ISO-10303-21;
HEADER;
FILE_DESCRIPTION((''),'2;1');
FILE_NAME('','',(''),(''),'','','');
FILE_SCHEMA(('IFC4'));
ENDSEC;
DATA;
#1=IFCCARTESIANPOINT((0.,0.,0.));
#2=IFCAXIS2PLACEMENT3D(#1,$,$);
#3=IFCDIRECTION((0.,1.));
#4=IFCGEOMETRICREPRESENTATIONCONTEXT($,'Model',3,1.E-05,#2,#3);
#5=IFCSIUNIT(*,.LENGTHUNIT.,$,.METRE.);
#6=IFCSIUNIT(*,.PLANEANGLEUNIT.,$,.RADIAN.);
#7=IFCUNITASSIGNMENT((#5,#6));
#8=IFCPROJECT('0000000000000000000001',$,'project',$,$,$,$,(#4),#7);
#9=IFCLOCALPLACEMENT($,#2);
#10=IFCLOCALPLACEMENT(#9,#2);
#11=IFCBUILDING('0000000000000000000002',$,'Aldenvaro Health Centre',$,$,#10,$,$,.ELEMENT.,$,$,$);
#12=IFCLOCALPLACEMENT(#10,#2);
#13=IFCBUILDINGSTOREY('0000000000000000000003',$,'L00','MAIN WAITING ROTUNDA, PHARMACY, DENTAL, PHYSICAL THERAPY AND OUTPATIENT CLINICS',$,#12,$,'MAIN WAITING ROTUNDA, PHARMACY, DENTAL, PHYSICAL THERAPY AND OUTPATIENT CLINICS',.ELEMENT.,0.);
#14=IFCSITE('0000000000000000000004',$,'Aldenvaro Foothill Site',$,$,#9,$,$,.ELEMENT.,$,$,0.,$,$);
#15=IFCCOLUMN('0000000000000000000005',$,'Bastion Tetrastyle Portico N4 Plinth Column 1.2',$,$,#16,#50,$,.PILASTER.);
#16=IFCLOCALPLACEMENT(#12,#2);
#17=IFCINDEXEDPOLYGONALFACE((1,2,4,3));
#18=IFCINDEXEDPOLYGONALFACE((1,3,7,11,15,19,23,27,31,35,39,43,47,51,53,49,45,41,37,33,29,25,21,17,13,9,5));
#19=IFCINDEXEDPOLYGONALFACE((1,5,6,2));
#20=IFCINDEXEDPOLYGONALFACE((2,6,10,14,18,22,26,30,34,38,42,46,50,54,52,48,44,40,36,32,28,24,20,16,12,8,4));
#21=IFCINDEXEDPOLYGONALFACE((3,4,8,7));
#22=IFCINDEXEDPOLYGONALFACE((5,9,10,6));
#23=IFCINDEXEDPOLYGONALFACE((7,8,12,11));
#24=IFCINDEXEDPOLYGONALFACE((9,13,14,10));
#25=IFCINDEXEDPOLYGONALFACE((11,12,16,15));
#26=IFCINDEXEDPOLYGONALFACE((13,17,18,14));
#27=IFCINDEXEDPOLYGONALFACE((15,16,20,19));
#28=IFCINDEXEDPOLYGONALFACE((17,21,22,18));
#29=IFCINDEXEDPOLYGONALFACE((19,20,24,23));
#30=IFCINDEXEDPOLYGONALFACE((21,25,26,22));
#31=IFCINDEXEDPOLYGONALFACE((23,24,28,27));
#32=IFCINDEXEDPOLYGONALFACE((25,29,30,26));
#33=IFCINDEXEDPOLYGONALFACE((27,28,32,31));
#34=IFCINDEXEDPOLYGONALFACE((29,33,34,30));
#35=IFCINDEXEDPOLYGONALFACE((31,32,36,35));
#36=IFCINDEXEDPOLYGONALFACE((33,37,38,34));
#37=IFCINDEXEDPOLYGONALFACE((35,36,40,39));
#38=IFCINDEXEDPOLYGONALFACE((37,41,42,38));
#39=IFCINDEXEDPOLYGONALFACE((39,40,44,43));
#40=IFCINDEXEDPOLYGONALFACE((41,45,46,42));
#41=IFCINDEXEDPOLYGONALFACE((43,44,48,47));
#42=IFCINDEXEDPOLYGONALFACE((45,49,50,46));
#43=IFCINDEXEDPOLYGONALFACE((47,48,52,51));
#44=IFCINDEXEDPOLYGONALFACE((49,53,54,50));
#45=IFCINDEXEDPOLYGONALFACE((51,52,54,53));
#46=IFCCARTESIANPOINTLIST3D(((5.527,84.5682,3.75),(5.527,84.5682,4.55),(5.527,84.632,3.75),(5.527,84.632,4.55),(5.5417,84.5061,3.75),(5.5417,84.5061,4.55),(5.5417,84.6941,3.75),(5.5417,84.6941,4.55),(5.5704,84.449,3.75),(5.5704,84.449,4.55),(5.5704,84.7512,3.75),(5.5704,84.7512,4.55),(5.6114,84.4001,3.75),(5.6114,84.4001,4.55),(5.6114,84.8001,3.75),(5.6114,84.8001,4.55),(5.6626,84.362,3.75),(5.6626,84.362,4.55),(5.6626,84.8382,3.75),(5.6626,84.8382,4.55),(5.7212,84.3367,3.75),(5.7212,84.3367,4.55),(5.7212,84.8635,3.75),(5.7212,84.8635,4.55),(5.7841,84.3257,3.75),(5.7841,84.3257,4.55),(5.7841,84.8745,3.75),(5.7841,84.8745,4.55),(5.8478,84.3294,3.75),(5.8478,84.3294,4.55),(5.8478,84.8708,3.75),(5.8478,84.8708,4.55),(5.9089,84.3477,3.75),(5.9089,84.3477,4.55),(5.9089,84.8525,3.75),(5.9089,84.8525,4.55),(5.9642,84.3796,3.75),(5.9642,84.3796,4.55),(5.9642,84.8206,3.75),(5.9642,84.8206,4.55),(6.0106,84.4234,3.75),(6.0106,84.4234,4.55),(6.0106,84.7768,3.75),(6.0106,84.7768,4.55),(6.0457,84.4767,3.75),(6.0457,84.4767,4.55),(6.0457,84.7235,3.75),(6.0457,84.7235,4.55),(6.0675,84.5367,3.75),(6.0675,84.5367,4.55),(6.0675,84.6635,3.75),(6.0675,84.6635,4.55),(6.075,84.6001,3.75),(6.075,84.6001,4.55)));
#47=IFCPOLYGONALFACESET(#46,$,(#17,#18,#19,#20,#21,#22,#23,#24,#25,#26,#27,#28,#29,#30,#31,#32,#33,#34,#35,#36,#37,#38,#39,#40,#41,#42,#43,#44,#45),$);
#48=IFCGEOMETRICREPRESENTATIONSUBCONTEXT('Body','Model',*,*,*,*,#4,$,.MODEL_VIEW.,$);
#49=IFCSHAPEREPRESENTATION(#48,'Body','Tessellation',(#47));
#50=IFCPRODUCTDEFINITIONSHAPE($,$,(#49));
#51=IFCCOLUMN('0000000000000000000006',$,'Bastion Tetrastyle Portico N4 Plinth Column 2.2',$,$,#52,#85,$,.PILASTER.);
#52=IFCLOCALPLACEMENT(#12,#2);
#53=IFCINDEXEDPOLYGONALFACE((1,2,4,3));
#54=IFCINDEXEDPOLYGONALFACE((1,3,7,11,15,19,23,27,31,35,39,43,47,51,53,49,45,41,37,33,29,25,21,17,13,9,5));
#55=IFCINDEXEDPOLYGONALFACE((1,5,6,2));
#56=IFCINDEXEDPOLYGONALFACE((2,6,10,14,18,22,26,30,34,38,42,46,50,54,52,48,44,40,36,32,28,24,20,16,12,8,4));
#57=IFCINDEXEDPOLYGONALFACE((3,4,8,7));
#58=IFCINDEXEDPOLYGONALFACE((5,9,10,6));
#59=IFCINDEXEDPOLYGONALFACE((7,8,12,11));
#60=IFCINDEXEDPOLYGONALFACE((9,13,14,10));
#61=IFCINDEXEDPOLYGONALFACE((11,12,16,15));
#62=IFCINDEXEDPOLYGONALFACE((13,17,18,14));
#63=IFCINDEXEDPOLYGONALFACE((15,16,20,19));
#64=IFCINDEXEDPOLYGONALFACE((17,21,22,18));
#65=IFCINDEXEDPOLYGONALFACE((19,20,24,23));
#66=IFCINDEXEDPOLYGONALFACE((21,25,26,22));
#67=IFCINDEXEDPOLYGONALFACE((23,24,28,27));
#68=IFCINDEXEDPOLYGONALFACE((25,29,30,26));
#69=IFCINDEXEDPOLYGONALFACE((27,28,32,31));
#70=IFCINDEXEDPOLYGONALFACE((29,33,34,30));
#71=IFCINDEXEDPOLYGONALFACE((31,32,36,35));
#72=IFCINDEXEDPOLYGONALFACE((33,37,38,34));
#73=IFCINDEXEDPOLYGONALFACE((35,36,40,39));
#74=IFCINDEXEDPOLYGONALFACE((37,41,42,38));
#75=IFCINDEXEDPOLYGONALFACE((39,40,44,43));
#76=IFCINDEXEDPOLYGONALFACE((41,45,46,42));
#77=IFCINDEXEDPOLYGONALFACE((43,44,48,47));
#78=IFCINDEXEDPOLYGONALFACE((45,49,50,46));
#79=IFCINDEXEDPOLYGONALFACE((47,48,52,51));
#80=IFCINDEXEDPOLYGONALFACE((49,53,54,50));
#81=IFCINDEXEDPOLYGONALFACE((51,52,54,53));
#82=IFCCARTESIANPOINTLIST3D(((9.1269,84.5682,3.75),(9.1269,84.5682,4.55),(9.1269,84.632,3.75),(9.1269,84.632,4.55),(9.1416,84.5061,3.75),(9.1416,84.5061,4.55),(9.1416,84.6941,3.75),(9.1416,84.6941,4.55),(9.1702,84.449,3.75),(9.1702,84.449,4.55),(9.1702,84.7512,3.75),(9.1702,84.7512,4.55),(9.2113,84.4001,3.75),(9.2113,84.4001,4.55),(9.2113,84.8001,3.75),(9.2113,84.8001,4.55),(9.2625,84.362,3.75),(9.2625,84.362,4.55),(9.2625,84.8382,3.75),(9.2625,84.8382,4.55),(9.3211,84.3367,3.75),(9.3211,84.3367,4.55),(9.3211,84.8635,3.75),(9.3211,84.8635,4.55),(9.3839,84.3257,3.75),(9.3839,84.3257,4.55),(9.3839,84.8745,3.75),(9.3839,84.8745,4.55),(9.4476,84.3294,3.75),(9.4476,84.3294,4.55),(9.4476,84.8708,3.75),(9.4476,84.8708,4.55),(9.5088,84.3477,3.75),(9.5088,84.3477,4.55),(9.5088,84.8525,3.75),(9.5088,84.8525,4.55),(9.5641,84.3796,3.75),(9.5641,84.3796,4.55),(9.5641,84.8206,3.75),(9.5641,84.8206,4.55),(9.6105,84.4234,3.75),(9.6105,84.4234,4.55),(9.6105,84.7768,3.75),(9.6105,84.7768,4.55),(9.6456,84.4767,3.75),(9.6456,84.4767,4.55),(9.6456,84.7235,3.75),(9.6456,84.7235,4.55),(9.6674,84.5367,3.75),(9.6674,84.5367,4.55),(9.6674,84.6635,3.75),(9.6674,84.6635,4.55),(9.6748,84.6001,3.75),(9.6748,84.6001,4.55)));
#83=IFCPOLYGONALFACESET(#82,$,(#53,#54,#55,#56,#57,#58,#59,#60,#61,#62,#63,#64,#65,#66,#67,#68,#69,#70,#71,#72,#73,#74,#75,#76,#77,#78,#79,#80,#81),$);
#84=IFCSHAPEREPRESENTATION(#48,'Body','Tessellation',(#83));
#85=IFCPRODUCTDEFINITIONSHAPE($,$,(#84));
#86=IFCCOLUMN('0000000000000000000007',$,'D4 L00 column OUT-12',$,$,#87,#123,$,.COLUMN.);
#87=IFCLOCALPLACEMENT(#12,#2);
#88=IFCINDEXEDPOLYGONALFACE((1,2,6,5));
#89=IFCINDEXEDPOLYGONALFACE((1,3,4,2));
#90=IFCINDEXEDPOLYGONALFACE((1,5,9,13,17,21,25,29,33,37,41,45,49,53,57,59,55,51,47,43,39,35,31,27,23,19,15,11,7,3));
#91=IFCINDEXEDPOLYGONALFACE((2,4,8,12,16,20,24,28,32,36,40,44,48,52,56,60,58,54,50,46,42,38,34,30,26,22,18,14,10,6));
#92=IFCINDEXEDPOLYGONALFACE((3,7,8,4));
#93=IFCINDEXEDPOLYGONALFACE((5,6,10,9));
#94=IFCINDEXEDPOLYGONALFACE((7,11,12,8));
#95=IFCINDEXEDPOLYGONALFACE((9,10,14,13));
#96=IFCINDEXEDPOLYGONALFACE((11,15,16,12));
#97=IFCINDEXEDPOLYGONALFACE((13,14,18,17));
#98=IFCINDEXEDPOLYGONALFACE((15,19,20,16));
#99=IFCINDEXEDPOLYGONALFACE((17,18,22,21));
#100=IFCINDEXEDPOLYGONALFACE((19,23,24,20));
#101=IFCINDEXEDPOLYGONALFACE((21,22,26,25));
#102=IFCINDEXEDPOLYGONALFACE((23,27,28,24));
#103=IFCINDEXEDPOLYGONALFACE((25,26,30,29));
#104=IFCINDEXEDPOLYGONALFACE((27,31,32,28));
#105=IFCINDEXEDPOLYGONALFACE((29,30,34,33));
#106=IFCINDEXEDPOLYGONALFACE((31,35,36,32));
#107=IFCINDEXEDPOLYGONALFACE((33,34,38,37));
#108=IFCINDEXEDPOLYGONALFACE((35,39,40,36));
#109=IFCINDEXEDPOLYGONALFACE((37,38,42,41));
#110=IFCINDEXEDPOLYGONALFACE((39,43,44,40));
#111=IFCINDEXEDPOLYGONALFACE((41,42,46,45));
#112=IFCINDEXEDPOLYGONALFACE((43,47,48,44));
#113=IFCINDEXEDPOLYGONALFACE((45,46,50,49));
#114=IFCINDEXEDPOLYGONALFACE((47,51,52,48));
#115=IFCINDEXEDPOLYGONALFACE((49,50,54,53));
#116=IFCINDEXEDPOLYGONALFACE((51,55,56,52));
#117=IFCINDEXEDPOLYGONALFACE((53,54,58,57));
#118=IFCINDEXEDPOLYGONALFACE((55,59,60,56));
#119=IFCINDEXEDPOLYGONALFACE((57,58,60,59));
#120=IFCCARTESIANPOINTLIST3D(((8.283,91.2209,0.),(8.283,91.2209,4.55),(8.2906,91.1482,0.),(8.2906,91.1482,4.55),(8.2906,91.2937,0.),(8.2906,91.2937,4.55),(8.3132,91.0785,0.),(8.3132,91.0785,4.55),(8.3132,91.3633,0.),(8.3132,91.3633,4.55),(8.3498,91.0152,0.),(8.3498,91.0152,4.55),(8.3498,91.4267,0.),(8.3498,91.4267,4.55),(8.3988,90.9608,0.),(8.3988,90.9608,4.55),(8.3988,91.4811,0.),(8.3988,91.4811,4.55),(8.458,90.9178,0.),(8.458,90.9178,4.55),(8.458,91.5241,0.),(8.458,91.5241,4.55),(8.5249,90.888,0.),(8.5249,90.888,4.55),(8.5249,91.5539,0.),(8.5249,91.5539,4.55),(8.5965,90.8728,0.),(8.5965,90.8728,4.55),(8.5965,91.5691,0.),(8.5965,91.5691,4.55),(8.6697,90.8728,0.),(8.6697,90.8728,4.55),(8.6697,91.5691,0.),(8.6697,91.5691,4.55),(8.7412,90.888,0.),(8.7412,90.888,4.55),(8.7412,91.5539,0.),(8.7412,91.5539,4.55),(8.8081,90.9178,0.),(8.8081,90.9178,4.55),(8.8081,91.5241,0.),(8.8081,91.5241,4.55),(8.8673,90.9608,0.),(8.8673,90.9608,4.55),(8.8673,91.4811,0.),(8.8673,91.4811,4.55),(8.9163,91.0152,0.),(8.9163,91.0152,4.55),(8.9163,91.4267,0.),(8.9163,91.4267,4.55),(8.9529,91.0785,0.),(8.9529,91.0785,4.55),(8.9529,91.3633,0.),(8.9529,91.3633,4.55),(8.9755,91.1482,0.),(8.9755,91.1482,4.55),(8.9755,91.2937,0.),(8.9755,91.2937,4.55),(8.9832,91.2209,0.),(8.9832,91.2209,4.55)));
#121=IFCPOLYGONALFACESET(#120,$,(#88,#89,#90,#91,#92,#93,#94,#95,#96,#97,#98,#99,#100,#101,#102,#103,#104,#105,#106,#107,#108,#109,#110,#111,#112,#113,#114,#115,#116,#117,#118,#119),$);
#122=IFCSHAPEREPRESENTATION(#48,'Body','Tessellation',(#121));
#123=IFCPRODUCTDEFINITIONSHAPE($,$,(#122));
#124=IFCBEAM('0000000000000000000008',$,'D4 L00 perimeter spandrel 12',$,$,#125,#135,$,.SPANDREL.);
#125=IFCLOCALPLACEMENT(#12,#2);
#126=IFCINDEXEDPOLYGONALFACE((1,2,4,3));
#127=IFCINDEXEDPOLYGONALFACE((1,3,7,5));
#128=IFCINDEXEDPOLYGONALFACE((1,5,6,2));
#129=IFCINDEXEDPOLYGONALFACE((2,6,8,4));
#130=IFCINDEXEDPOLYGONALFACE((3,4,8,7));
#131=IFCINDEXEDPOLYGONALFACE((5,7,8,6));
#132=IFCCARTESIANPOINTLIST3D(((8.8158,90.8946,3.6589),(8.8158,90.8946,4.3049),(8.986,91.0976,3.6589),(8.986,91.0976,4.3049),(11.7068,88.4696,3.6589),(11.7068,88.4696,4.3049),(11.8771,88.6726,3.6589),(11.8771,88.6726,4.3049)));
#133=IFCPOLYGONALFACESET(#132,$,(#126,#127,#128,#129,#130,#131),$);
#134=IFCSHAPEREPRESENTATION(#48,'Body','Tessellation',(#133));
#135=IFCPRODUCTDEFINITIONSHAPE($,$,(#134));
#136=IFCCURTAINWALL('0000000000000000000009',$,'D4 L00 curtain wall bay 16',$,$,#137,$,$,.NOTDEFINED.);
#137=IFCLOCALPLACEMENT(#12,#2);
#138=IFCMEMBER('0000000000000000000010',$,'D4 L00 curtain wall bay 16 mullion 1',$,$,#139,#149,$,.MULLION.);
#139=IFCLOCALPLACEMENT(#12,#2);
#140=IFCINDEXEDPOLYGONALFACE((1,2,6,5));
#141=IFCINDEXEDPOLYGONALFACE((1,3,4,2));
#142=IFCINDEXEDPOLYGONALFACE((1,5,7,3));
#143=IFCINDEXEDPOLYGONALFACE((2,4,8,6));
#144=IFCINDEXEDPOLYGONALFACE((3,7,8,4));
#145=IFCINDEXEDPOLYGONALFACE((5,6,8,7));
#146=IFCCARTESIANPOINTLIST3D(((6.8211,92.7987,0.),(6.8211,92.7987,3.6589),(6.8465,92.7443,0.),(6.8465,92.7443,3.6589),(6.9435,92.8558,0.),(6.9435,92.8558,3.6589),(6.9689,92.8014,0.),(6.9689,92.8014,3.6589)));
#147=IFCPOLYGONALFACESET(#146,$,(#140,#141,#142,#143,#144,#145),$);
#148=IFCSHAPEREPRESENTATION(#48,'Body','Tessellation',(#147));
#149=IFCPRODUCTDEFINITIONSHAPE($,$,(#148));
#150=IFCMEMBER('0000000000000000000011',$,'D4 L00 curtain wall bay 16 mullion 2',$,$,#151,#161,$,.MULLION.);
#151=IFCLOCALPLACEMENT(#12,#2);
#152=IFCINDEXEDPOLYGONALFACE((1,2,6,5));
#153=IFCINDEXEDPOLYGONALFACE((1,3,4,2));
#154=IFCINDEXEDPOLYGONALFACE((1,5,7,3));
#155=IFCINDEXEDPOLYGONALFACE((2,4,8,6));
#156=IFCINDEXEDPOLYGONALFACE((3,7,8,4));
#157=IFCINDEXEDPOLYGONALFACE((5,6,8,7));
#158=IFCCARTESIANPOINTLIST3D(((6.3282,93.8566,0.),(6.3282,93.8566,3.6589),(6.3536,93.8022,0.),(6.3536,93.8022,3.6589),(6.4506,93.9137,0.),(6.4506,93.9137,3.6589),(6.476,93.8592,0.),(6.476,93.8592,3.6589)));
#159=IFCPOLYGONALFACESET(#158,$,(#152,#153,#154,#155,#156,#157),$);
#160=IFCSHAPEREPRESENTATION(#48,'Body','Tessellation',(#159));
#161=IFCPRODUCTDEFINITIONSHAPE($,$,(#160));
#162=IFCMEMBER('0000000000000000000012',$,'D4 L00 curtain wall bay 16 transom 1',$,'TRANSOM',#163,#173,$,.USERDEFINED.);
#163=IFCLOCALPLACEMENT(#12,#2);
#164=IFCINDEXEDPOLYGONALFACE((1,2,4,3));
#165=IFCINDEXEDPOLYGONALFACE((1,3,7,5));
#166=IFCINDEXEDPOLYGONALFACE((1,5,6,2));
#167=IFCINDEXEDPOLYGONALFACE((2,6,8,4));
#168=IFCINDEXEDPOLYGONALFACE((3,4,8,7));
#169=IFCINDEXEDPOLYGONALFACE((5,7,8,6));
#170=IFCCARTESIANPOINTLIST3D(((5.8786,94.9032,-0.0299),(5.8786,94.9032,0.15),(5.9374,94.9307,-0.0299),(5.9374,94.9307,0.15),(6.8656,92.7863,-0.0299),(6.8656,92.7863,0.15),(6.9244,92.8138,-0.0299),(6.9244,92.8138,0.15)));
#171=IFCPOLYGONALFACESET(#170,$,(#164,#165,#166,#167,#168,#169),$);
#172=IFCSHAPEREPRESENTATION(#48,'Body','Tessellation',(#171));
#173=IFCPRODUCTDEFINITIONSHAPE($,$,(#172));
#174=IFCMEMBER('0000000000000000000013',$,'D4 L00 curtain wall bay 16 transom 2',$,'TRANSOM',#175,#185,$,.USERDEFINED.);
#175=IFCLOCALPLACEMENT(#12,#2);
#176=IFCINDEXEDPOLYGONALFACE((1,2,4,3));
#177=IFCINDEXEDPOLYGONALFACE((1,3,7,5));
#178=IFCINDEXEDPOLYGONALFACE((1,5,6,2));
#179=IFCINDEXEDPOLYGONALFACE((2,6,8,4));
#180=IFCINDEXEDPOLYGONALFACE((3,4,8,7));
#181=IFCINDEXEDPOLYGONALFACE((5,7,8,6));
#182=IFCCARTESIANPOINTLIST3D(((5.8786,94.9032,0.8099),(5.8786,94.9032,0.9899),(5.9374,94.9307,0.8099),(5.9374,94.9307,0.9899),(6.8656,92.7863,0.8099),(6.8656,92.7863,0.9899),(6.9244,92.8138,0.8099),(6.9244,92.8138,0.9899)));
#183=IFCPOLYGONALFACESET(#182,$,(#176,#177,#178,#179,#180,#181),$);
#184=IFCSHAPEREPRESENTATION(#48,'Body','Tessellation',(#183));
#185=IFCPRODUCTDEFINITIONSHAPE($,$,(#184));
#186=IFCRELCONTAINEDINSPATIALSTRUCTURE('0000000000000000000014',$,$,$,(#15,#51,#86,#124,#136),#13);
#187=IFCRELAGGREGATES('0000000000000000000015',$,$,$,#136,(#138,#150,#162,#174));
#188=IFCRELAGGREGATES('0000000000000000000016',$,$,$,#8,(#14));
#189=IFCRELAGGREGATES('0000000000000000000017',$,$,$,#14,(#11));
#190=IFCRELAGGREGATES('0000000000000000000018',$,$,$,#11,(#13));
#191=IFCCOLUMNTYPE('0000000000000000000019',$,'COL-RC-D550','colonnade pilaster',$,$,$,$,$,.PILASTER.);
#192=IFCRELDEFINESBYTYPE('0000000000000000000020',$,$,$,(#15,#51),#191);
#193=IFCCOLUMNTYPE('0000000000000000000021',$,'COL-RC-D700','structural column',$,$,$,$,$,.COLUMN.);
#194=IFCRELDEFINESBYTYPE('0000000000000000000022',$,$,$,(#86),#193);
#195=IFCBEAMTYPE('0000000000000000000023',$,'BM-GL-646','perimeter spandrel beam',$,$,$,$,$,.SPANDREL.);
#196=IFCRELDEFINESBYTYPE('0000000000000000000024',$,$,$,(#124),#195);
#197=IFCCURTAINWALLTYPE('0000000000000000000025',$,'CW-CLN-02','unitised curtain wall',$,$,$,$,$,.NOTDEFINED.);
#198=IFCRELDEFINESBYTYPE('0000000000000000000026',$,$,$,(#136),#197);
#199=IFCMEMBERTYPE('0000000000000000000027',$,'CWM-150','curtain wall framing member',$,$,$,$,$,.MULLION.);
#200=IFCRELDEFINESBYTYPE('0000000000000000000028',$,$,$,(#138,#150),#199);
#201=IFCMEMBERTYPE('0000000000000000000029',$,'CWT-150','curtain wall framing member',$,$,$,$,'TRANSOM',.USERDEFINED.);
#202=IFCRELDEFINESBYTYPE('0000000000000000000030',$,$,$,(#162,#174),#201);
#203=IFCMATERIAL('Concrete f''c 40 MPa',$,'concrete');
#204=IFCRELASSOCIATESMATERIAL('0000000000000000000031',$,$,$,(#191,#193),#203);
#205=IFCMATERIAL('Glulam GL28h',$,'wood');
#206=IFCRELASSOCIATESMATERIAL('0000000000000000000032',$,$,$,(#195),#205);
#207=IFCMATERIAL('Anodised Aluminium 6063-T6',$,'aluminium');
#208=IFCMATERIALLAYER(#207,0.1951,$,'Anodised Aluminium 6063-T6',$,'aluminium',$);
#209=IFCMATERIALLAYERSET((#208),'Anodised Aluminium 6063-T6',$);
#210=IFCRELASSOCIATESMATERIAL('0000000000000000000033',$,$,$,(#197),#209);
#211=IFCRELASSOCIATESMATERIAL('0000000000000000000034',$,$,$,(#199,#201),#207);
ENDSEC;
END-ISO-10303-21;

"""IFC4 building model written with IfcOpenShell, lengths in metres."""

from ifc_helpers import new_model, si_unit, direction, frame, origin, origin_2d, place, context, subcontext, project, spatial, rectangle, circle, extrude, material, layer, layer_set, material_profile, profile_set, type_object, element, aggregate, save


model = new_model("IFC4")

# Units and contexts
model_context = context("Model", 3, precision=1e-05, world=origin(), true_north=direction((0.0, 1.0)))
body_context = subcontext(model_context, "Body", "Model", "MODEL_VIEW")
ifc_project = project(units=[si_unit("LENGTHUNIT", "METRE"), si_unit("PLANEANGLEUNIT", "RADIAN")], contexts=[model_context])

# Site, building, storey
site_placement = place(None, origin())
site = spatial("IfcSite", under=ifc_project, at=site_placement, Name="Aldenvaro Foothill Site", CompositionType="ELEMENT", RefElevation=0.0)
building_placement = place(site_placement, origin())
building = spatial("IfcBuilding", under=site, at=building_placement, Name="Aldenvaro Health Centre", CompositionType="ELEMENT")
storey_placement = place(building_placement, origin())
storey = spatial("IfcBuildingStorey", under=building, at=storey_placement, Name="L00", Description="MAIN WAITING ROTUNDA, PHARMACY, DENTAL, PHYSICAL THERAPY AND OUTPATIENT CLINICS", LongName="MAIN WAITING ROTUNDA, PHARMACY, DENTAL, PHYSICAL THERAPY AND OUTPATIENT CLINICS", CompositionType="ELEMENT", Elevation=0.0)

# Columns
ifc_material_1 = material(Name="Concrete f'c 40 MPa", Category="concrete")
ifc_material_profile_1 = material_profile(ifc_material_1, circle(Radius=0.2749, at=origin_2d()), Name="RC D550", Category="concrete")
ifc_profile_set_1 = profile_set([ifc_material_profile_1], Name="Concrete f'c 40 MPa")
column_type_1 = type_object("IfcColumnType", Name="COL-RC-D550", Description="colonnade pilaster", PredefinedType="PILASTER", material=ifc_profile_set_1)
for number, where, z_axis, x_axis, name in (
    (1, (5.8, 84.6001, 3.75), (0.0, 0.0, 1.0), (1.0, 0.0, 0.0), "Bastion Tetrastyle Portico N4 Plinth Column 1.2"),
    (2, (9.3999, 84.6001, 3.75), (0.0, 0.0, 1.0), (1.0, 0.0, 0.0), "Bastion Tetrastyle Portico N4 Plinth Column 2.2"),
):
    element("IfcColumn", number, at=place(storey_placement, frame(where, z_axis=z_axis, x_axis=x_axis)), inside=storey, type_object=column_type_1, Name=name, PredefinedType="PILASTER", context=body_context, shape_type="SweptSolid", body=[
        extrude(circle(Radius=0.2749, at=origin_2d()), origin(), (0.0, 0.0, 1.0), 0.8),
    ])
ifc_material_profile_2 = material_profile(ifc_material_1, circle(Radius=0.3501, at=origin_2d()), Name="RC D700", Category="concrete")
ifc_profile_set_2 = profile_set([ifc_material_profile_2], Name="Concrete f'c 40 MPa")
column_type_2 = type_object("IfcColumnType", Name="COL-RC-D700", Description="structural column", PredefinedType="COLUMN", material=ifc_profile_set_2)
column_placement = place(storey_placement, frame((8.6331, 91.2209, 0.0), z_axis=(0.0, 0.0, 1.0), x_axis=(1.0, 0.0, 0.0)))
element("IfcColumn", 3, at=column_placement, inside=storey, type_object=column_type_2, Name="D4 L00 column OUT-12", PredefinedType="COLUMN", context=body_context, shape_type="SweptSolid", body=[
    extrude(circle(Radius=0.3501, at=origin_2d()), origin(), (0.0, 0.0, 1.0), 4.55),
])

# Beam
ifc_material_2 = material(Name="Glulam GL28h", Category="wood")
ifc_material_profile_3 = material_profile(ifc_material_2, rectangle(XDim=0.2649, YDim=0.646, at=origin_2d()), Name="GL 265x646", Category="wood")
ifc_profile_set_3 = profile_set([ifc_material_profile_3], Name="Glulam GL28h")
beam_type = type_object("IfcBeamType", Name="BM-GL-646", Description="perimeter spandrel beam", PredefinedType="SPANDREL", material=ifc_profile_set_3)
beam_placement = place(storey_placement, frame((8.9009, 90.9961, 3.9819), z_axis=(0.76616, -0.64265, 0.0), x_axis=(0.64265, 0.76616, 0.0)))
element("IfcBeam", 4, at=beam_placement, inside=storey, type_object=beam_type, Name="D4 L00 perimeter spandrel 12", PredefinedType="SPANDREL", context=body_context, shape_type="SweptSolid", body=[
    extrude(rectangle(XDim=0.2649, YDim=0.646, at=origin_2d()), origin(), (0.0, 0.0, 1.0), 3.7734),
])

# Curtain wall, members
ifc_material_3 = material(Name="Anodised Aluminium 6063-T6", Category="aluminium")
ifc_layer_1 = layer(ifc_material_3, 0.1951, Name="Anodised Aluminium 6063-T6", Category="aluminium")
ifc_layer_set_1 = layer_set([ifc_layer_1], Name="Anodised Aluminium 6063-T6")
curtain_wall_type = type_object("IfcCurtainWallType", Name="CW-CLN-02", Description="unitised curtain wall", PredefinedType="NOTDEFINED", material=ifc_layer_set_1)
curtain_wall_placement = place(storey_placement, origin())
curtain_wall = element("IfcCurtainWall", 5, at=curtain_wall_placement, inside=storey, type_object=curtain_wall_type, Name="D4 L00 curtain wall bay 16", PredefinedType="NOTDEFINED")
ifc_material_profile_4 = material_profile(ifc_material_3, rectangle(XDim=0.0601, YDim=0.135, at=origin_2d()), Name="ALU 60x135", Category="aluminium")
ifc_profile_set_4 = profile_set([ifc_material_profile_4], Name="Anodised Aluminium 6063-T6")
member_type_1 = type_object("IfcMemberType", Name="CWM-150", Description="curtain wall framing member", PredefinedType="MULLION", material=ifc_profile_set_4)
member_1_placement = place(storey_placement, frame((6.895, 92.8, 0.0), z_axis=(0.0, 0.0, 1.0), x_axis=(-0.422557, 0.906336, 0.0)))
member_1 = element("IfcMember", 6, at=member_1_placement, type_object=member_type_1, Name="D4 L00 curtain wall bay 16 mullion 1", PredefinedType="MULLION", context=body_context, shape_type="SweptSolid", body=[
    extrude(rectangle(XDim=0.0601, YDim=0.135, at=origin_2d()), origin(), (0.0, 0.0, 1.0), 3.6589),
])
member_2_placement = place(storey_placement, frame((6.4021, 93.8579, 0.0), z_axis=(0.0, 0.0, 1.0), x_axis=(-0.422557, 0.906336, 0.0)))
member_2 = element("IfcMember", 7, at=member_2_placement, type_object=member_type_1, Name="D4 L00 curtain wall bay 16 mullion 2", PredefinedType="MULLION", context=body_context, shape_type="SweptSolid", body=[
    extrude(rectangle(XDim=0.0601, YDim=0.135, at=origin_2d()), origin(), (0.0, 0.0, 1.0), 3.6589),
])
ifc_material_profile_5 = material_profile(ifc_material_3, rectangle(XDim=0.0649, YDim=0.1799, at=origin_2d()), Name="ALU 65x180", Category="aluminium")
ifc_profile_set_5 = profile_set([ifc_material_profile_5], Name="Anodised Aluminium 6063-T6")
member_type_2 = type_object("IfcMemberType", Name="CWT-150", Description="curtain wall framing member", ElementType="TRANSOM", PredefinedType="USERDEFINED", material=ifc_profile_set_5)
member_3_placement = place(storey_placement, frame((6.895, 92.8, 0.0601), z_axis=(-0.422588, 0.906322, 0.0), x_axis=(-0.906322, -0.422588, 0.0)))
member_3 = element("IfcMember", 8, at=member_3_placement, type_object=member_type_2, Name="D4 L00 curtain wall bay 16 transom 1", ObjectType="TRANSOM", PredefinedType="USERDEFINED", context=body_context, shape_type="SweptSolid", body=[
    extrude(rectangle(XDim=0.0649, YDim=0.1799, at=origin_2d()), origin(), (0.0, 0.0, 1.0), 2.3357),
])
member_4_placement = place(storey_placement, frame((6.895, 92.8, 0.8999), z_axis=(-0.422588, 0.906322, 0.0), x_axis=(-0.906322, -0.422588, 0.0)))
member_4 = element("IfcMember", 9, at=member_4_placement, type_object=member_type_2, Name="D4 L00 curtain wall bay 16 transom 2", ObjectType="TRANSOM", PredefinedType="USERDEFINED", context=body_context, shape_type="SweptSolid", body=[
    extrude(rectangle(XDim=0.0649, YDim=0.1799, at=origin_2d()), origin(), (0.0, 0.0, 1.0), 2.3357),
])

aggregate(curtain_wall, [member_1, member_2, member_3, member_4])

save(model, "model.ifc")
